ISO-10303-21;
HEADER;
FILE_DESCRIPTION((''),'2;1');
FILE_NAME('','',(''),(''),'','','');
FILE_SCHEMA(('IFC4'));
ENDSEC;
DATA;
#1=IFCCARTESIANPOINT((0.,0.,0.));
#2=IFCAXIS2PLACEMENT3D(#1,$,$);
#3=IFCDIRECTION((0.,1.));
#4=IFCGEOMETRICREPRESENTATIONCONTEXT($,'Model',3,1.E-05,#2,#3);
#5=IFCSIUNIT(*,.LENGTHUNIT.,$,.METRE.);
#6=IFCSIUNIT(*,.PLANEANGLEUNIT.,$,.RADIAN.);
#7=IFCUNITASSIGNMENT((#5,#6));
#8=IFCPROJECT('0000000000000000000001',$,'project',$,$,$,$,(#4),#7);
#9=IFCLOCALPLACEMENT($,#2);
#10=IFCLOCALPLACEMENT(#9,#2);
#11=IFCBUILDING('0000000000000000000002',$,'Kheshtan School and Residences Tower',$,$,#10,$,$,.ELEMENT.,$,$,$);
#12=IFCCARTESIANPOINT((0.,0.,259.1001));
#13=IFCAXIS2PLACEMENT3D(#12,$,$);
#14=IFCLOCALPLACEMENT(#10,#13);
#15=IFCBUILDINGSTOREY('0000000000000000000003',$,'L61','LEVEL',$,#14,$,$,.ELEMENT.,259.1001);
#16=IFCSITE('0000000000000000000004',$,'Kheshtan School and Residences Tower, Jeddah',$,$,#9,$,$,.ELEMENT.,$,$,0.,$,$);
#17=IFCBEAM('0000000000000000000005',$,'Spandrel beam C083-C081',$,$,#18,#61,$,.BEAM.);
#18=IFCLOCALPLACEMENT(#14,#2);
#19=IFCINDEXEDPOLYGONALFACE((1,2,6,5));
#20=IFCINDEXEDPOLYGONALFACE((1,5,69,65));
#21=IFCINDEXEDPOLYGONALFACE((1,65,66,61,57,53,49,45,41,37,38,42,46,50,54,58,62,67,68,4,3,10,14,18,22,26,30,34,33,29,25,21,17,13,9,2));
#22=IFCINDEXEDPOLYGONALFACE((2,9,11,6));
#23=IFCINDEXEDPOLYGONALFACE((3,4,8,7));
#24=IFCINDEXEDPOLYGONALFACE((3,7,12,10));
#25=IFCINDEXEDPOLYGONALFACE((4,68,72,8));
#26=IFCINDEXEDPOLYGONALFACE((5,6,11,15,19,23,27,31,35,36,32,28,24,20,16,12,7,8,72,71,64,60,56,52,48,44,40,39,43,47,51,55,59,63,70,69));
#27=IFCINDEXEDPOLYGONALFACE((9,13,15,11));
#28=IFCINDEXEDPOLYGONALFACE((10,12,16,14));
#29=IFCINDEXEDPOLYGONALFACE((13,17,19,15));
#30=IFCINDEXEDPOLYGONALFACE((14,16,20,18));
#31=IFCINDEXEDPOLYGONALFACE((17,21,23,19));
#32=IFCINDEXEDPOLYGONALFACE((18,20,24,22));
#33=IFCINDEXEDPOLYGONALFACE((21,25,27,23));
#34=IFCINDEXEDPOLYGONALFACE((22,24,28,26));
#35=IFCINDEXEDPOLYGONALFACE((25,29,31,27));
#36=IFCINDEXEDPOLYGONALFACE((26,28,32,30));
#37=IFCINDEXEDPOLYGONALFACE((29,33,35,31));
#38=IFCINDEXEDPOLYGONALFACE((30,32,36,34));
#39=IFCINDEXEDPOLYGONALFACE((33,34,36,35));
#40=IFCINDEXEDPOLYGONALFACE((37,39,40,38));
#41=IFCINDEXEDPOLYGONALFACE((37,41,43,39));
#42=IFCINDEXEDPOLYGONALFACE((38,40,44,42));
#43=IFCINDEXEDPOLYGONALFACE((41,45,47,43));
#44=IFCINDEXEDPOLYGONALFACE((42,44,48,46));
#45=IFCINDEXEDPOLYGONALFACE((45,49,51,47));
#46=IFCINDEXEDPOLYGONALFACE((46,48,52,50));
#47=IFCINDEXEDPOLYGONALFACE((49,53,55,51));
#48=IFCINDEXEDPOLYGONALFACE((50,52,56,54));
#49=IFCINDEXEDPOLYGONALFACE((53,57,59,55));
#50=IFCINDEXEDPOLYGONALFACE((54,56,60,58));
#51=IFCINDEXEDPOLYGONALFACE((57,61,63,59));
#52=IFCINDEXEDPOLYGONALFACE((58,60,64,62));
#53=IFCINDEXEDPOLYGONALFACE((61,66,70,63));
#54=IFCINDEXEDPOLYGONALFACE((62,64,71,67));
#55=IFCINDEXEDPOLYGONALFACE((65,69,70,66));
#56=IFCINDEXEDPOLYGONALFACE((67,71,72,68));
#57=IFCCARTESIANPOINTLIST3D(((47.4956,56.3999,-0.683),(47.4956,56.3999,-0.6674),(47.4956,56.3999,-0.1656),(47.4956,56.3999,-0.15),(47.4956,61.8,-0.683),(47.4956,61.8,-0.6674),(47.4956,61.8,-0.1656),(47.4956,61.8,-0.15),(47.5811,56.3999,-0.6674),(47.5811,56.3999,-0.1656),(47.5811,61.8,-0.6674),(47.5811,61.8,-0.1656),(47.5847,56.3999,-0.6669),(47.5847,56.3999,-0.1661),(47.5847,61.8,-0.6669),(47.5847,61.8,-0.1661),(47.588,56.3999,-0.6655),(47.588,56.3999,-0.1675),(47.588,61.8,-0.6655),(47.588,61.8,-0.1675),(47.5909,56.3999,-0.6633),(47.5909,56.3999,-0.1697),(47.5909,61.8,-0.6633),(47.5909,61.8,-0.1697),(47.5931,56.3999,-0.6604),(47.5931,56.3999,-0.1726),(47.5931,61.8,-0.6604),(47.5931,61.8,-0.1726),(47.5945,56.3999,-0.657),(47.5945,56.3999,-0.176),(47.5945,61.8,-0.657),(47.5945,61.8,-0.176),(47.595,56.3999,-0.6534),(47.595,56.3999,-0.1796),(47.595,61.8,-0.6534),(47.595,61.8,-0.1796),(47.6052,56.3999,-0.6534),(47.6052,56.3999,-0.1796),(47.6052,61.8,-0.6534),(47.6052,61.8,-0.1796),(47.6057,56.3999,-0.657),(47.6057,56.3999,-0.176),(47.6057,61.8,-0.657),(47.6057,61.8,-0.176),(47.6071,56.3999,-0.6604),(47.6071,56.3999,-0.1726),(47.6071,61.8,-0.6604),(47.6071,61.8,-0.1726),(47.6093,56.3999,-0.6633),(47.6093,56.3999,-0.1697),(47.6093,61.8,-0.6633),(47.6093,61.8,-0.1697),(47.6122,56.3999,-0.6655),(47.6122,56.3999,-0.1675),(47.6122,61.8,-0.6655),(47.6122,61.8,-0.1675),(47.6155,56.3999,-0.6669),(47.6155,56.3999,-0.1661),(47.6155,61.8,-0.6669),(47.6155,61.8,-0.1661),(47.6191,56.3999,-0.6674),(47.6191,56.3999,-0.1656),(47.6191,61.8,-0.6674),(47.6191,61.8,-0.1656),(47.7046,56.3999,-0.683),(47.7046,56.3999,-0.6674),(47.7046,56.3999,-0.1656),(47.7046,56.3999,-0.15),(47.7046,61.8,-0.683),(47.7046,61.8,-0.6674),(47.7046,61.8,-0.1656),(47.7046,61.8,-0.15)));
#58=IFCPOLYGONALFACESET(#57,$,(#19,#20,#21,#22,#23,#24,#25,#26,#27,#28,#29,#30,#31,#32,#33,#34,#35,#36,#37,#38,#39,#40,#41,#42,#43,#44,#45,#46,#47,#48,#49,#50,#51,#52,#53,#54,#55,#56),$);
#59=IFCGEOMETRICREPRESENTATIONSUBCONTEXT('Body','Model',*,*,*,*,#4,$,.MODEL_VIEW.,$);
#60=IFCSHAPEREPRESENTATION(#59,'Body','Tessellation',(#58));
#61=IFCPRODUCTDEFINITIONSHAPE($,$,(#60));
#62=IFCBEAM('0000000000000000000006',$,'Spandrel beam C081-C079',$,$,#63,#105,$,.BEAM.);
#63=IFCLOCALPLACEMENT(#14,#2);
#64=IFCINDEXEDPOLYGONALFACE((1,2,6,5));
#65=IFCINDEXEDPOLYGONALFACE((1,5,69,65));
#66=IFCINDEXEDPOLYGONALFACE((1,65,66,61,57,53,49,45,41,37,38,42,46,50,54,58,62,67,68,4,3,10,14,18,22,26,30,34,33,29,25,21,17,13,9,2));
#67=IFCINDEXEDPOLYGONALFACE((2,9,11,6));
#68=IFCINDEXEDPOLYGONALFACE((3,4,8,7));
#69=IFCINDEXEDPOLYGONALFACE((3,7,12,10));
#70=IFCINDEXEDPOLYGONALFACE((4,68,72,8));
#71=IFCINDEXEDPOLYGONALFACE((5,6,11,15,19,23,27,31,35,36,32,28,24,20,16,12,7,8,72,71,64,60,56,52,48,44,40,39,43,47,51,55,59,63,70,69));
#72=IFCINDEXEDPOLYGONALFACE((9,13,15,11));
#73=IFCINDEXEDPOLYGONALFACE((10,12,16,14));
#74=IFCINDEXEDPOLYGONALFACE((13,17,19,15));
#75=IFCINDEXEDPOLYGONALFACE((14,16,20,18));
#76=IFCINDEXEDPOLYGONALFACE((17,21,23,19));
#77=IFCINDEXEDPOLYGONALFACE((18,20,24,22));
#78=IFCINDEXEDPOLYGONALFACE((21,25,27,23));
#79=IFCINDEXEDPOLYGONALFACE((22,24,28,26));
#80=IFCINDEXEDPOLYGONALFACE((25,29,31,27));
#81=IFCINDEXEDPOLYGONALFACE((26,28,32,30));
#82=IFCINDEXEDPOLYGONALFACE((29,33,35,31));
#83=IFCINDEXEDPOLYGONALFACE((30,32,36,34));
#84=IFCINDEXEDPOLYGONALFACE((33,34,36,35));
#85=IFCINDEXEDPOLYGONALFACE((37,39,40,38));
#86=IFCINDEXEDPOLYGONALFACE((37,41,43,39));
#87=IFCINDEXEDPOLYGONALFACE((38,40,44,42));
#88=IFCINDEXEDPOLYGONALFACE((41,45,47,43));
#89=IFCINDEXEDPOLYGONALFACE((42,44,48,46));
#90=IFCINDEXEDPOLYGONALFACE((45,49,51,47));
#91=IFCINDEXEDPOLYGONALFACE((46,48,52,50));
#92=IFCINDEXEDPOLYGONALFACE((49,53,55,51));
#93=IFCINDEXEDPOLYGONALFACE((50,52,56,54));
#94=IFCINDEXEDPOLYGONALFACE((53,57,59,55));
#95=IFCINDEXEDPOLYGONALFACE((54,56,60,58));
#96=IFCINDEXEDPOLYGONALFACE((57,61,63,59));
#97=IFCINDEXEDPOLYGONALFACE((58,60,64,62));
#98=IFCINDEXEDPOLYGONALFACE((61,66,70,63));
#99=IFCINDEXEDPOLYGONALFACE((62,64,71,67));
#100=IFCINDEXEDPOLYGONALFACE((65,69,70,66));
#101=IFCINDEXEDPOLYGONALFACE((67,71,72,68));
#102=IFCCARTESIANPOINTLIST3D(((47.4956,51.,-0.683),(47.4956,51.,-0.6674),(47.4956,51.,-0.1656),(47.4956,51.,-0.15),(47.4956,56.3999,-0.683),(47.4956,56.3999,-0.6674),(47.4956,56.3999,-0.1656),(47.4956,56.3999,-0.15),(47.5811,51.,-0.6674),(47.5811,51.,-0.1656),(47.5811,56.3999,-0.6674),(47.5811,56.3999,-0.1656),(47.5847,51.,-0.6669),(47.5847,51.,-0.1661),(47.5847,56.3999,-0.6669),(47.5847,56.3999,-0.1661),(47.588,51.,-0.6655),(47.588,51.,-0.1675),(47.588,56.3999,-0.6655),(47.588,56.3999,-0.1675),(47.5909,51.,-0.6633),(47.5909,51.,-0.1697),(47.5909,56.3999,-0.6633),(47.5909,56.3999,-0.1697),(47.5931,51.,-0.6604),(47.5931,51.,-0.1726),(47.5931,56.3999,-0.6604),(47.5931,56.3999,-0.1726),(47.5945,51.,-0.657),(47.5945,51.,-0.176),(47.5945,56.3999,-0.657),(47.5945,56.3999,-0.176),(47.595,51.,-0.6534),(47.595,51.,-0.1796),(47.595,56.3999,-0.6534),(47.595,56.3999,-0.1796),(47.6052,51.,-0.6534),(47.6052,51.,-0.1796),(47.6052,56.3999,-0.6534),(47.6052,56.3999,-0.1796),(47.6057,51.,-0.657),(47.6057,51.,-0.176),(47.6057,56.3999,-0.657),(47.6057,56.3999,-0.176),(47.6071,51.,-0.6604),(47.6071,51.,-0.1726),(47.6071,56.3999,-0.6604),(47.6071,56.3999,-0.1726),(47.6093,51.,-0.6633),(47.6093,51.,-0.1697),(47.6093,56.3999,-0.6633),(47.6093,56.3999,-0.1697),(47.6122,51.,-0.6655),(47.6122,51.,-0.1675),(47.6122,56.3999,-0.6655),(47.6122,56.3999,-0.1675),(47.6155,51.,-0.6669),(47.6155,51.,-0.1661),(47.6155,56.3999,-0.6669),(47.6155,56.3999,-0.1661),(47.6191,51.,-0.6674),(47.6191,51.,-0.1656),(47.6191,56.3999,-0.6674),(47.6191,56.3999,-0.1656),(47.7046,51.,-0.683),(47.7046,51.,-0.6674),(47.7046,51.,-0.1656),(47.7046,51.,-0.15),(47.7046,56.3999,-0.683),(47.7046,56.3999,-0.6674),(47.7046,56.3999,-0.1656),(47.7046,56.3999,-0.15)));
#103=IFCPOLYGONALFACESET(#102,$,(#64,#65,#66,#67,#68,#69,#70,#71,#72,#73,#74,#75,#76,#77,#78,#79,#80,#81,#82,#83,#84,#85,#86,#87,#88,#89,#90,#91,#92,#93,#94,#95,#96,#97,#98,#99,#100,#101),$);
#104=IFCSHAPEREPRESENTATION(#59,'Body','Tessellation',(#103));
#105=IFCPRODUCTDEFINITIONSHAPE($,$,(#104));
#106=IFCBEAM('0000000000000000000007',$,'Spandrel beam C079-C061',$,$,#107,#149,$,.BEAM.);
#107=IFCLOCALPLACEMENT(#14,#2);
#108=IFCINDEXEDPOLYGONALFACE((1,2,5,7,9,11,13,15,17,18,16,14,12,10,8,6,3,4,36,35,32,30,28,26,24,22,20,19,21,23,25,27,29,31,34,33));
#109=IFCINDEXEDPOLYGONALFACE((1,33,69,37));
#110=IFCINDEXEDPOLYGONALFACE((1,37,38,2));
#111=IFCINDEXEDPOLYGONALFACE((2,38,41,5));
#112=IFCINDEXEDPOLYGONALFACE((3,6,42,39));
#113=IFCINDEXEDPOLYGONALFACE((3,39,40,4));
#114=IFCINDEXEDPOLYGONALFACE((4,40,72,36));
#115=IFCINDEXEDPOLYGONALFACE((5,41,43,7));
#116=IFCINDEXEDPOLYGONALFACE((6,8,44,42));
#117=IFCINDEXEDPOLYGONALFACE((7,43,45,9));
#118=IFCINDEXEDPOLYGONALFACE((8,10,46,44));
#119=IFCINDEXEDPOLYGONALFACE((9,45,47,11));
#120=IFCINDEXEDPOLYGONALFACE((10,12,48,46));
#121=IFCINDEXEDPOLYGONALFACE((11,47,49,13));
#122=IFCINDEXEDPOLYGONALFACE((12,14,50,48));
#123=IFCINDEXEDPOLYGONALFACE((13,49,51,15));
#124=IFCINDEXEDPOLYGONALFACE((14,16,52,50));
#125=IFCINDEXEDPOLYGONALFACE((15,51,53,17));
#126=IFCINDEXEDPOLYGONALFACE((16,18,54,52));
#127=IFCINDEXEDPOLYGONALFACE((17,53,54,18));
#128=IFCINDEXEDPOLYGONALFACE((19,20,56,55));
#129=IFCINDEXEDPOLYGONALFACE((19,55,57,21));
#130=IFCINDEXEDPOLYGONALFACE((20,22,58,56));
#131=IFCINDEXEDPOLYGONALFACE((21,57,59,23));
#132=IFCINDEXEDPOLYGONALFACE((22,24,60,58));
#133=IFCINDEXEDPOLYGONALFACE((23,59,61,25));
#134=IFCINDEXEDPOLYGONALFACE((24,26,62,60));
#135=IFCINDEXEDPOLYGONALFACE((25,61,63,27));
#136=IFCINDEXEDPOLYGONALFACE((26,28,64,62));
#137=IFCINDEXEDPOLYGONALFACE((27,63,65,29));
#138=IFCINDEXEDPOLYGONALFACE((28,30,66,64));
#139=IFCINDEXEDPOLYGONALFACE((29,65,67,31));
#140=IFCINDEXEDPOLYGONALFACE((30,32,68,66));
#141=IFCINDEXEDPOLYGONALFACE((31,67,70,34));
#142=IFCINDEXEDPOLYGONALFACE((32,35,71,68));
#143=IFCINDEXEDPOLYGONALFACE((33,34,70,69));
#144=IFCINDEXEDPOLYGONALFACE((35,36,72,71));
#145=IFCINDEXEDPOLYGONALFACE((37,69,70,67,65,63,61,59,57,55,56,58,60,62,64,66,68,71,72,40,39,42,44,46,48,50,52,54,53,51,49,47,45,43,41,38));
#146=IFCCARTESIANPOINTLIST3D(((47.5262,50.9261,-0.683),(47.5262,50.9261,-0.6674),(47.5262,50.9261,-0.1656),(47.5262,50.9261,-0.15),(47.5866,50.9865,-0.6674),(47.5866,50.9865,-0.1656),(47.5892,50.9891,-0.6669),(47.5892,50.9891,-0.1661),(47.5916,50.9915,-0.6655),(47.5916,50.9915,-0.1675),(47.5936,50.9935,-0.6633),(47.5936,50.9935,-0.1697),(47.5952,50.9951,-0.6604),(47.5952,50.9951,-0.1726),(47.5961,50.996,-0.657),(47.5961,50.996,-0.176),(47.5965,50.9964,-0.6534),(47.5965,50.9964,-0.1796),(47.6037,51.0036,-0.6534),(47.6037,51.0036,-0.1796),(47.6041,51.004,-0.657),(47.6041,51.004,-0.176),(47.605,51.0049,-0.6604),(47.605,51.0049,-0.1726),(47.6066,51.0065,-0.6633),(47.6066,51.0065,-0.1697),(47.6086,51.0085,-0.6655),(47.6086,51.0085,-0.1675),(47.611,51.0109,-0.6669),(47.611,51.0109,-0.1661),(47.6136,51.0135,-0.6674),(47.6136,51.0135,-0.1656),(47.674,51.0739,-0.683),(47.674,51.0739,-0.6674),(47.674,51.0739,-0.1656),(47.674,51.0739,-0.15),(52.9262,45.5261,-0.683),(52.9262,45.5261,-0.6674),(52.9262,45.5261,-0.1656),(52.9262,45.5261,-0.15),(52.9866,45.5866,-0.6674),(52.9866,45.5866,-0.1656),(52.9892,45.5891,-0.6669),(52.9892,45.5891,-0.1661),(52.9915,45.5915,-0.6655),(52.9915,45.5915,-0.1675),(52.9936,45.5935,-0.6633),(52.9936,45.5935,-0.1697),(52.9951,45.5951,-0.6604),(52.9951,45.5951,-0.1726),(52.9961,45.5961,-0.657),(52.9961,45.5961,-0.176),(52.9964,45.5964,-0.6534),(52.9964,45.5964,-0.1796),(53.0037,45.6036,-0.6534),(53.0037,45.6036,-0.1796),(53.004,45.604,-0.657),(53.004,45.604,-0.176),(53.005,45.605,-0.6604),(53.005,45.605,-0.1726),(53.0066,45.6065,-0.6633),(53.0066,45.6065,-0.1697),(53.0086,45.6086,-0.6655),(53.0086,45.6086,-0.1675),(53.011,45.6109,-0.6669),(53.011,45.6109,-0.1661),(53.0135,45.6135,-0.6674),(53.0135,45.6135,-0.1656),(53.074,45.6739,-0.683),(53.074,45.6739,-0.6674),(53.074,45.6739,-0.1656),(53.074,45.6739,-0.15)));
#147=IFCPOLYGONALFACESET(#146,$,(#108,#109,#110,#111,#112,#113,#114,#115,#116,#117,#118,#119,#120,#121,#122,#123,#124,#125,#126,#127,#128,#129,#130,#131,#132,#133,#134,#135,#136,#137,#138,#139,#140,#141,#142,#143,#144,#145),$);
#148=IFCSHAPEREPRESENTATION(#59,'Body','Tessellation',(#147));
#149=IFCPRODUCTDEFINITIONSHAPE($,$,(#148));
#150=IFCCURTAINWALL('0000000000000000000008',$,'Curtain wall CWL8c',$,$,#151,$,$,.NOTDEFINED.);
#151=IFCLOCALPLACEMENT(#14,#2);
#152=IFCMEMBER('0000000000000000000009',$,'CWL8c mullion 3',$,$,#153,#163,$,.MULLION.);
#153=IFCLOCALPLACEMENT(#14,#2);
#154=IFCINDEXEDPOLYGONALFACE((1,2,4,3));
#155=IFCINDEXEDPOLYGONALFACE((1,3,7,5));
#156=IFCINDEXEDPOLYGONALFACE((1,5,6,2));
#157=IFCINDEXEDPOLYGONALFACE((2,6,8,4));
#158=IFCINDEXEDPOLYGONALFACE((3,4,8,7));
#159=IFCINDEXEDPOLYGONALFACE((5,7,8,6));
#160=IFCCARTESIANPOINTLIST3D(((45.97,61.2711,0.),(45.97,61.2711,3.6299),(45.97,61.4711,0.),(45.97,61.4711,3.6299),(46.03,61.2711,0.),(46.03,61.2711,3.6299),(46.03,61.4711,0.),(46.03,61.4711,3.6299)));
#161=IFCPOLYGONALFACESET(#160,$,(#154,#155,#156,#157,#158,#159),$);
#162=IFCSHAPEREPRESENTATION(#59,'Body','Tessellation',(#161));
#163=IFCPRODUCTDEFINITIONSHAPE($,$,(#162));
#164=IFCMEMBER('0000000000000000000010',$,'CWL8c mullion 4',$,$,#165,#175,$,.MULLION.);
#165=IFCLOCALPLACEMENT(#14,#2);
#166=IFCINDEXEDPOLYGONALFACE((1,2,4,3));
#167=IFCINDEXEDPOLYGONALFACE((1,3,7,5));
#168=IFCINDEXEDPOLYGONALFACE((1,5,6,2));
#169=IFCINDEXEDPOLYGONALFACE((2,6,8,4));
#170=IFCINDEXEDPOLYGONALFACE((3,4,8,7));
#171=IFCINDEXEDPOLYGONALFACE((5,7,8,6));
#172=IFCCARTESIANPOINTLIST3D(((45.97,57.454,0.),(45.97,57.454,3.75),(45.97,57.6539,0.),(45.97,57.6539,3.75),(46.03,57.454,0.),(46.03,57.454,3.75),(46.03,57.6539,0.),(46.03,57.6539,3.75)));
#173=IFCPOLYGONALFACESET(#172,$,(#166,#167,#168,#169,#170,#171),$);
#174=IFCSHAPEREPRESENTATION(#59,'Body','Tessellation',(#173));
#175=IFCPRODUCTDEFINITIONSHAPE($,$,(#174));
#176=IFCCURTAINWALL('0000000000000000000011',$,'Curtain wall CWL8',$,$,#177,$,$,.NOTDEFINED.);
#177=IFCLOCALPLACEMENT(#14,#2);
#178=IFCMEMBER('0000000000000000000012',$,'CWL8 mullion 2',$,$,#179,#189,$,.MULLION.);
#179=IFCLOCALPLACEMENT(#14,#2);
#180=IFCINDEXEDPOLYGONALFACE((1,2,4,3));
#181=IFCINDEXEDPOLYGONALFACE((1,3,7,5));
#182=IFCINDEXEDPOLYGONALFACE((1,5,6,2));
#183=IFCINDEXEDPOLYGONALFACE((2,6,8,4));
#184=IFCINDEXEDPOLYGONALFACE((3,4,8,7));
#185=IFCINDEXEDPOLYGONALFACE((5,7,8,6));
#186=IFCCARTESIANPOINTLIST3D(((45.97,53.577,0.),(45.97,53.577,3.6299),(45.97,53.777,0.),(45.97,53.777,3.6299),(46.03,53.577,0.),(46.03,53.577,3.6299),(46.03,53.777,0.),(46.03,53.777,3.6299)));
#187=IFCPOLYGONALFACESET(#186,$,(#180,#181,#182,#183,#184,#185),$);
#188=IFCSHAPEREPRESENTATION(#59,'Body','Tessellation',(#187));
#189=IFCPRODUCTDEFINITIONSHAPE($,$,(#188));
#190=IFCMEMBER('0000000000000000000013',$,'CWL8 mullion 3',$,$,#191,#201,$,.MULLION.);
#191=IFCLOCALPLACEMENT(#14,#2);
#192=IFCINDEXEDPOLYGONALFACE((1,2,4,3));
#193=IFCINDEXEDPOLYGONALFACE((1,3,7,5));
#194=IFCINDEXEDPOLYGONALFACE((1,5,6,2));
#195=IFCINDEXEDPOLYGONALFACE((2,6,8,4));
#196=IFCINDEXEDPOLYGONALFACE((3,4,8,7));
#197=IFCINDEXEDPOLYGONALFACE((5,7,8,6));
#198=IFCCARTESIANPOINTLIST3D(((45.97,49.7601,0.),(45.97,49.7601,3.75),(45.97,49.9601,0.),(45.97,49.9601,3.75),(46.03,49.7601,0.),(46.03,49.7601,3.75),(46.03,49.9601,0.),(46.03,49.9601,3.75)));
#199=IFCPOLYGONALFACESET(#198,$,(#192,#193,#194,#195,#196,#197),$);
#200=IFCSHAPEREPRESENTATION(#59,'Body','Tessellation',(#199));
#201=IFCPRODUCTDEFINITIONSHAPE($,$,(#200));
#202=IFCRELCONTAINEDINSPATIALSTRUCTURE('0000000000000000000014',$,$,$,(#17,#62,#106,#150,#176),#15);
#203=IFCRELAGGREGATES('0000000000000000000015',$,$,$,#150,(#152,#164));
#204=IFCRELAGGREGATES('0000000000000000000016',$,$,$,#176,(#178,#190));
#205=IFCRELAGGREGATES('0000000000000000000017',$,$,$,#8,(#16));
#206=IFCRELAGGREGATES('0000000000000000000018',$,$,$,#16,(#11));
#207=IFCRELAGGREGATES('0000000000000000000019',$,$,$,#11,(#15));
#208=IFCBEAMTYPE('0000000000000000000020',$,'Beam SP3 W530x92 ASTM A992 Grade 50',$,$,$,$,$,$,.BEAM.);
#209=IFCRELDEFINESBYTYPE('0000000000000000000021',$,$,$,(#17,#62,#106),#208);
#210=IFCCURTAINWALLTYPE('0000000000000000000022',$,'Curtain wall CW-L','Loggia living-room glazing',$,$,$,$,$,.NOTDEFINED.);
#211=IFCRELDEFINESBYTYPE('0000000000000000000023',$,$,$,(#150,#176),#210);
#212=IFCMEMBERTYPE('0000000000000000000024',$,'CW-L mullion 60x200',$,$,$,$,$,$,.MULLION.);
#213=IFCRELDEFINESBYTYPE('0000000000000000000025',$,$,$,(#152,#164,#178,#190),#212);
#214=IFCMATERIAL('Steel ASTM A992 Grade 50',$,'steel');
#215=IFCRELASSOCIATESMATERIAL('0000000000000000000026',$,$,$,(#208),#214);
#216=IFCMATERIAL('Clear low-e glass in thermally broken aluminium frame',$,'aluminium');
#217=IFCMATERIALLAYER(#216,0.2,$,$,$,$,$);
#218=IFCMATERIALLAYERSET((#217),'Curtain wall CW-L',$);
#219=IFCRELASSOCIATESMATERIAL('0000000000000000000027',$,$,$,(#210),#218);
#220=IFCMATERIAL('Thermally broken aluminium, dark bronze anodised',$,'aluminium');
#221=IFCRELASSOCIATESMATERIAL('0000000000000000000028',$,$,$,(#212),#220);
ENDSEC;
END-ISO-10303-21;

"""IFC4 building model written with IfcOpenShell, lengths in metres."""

from ifc_helpers import new_model, si_unit, direction, frame, origin, origin_2d, place, context, subcontext, project, spatial, rectangle, i_section, extrude, material, layer, layer_set, material_profile, profile_set, type_object, element, aggregate, save


model = new_model("IFC4")

# Units and contexts
model_context = context("Model", 3, precision=1e-05, world=origin(), true_north=direction((0.0, 1.0)))
body_context = subcontext(model_context, "Body", "Model", "MODEL_VIEW")
ifc_project = project(units=[si_unit("LENGTHUNIT", "METRE"), si_unit("PLANEANGLEUNIT", "RADIAN")], contexts=[model_context])

# Site, building, storey
site_placement = place(None, origin())
site = spatial("IfcSite", under=ifc_project, at=site_placement, Name="Kheshtan School and Residences Tower, Jeddah", CompositionType="ELEMENT", RefElevation=0.0)
building_placement = place(site_placement, origin())
building = spatial("IfcBuilding", under=site, at=building_placement, Name="Kheshtan School and Residences Tower", CompositionType="ELEMENT")
storey_placement = place(building_placement, frame((0.0, 0.0, 259.1001)))
storey = spatial("IfcBuildingStorey", under=building, at=storey_placement, Name="L61", Description="LEVEL", CompositionType="ELEMENT", Elevation=259.1001)

# Shared definitions
ifc_material_1 = material(Name="Steel ASTM A992 Grade 50", Category="steel")

# Beams
ifc_material_profile_1 = material_profile(ifc_material_1, i_section(OverallWidth=0.209, OverallDepth=0.533, WebThickness=0.0103, FlangeThickness=0.0156, FilletRadius=0.0139, at=origin_2d()), Name="W530x92")
ifc_profile_set_1 = profile_set([ifc_material_profile_1], Name="Steel ASTM A992 Grade 50")
beam_type_1 = type_object("IfcBeamType", Name="Beam SP3 W530x92 ASTM A992 Grade 50", PredefinedType="BEAM", material=ifc_profile_set_1)
beam_1_placement = place(storey_placement, frame((47.6001, 61.8, -0.4165), z_axis=(0.0, -1.0, 0.0), x_axis=(1.0, 0.0, 0.0)))
element("IfcBeam", 1, at=beam_1_placement, inside=storey, type_object=beam_type_1, Name="Spandrel beam C083-C081", PredefinedType="BEAM", context=body_context, shape_type="SweptSolid", body=[
    extrude(i_section(OverallWidth=0.209, OverallDepth=0.533, WebThickness=0.0103, FlangeThickness=0.0156, FilletRadius=0.0139, at=origin_2d()), origin(), (0.0, 0.0, 1.0), 5.4001),
])
beam_2_placement = place(storey_placement, frame((47.6001, 56.3999, -0.4165), z_axis=(0.0, -1.0, 0.0), x_axis=(1.0, 0.0, 0.0)))
element("IfcBeam", 2, at=beam_2_placement, inside=storey, type_object=beam_type_1, Name="Spandrel beam C081-C079", PredefinedType="BEAM", context=body_context, shape_type="SweptSolid", body=[
    extrude(i_section(OverallWidth=0.209, OverallDepth=0.533, WebThickness=0.0103, FlangeThickness=0.0156, FilletRadius=0.0139, at=origin_2d()), origin(), (0.0, 0.0, 1.0), 5.3999),
])
beam_3_placement = place(storey_placement, frame((47.6001, 51.0, -0.4165), z_axis=(0.707107, -0.707107, 0.0), x_axis=(0.707107, 0.707107, 0.0)))
element("IfcBeam", 3, at=beam_3_placement, inside=storey, type_object=beam_type_1, Name="Spandrel beam C079-C061", PredefinedType="BEAM", context=body_context, shape_type="SweptSolid", body=[
    extrude(i_section(OverallWidth=0.209, OverallDepth=0.533, WebThickness=0.0103, FlangeThickness=0.0156, FilletRadius=0.0139, at=origin_2d()), origin(), (0.0, 0.0, 1.0), 7.6367),
])

# Curtain walls, members
ifc_material_2 = material(Name="Clear low-e glass in thermally broken aluminium frame", Category="aluminium")
ifc_layer_1 = layer(ifc_material_2, 0.2)
ifc_layer_set_1 = layer_set([ifc_layer_1], Name="Curtain wall CW-L")
curtain_wall_type = type_object("IfcCurtainWallType", Name="Curtain wall CW-L", Description="Loggia living-room glazing", PredefinedType="NOTDEFINED", material=ifc_layer_set_1)
curtain_wall_1_placement = place(storey_placement, origin())
curtain_wall_1 = element("IfcCurtainWall", 4, at=curtain_wall_1_placement, inside=storey, type_object=curtain_wall_type, Name="Curtain wall CWL8c", PredefinedType="NOTDEFINED")
ifc_material_3 = material(Name="Thermally broken aluminium, dark bronze anodised", Category="aluminium")
ifc_material_profile_2 = material_profile(ifc_material_3, rectangle(XDim=0.0601, YDim=0.2, at=origin_2d()), Name="CW-L mullion 60x200")
ifc_profile_set_2 = profile_set([ifc_material_profile_2], Name="Thermally broken aluminium, dark bronze anodised")
member_type_1 = type_object("IfcMemberType", Name="CW-L mullion 60x200", PredefinedType="MULLION", material=ifc_profile_set_2)
member_1_placement = place(storey_placement, frame((46.0, 61.3711, 0.0), z_axis=(0.0, 0.0, 1.0), x_axis=(1.0, 0.0, 0.0)))
member_1 = element("IfcMember", 5, at=member_1_placement, type_object=member_type_1, Name="CWL8c mullion 3", PredefinedType="MULLION", context=body_context, shape_type="SweptSolid", body=[
    extrude(rectangle(XDim=0.0601, YDim=0.2, at=origin_2d()), origin(), (0.0, 0.0, 1.0), 3.6299),
])
member_2_placement = place(storey_placement, frame((46.0, 57.554, 0.0), z_axis=(0.0, 0.0, 1.0), x_axis=(1.0, 0.0, 0.0)))
member_2 = element("IfcMember", 6, at=member_2_placement, type_object=member_type_1, Name="CWL8c mullion 4", PredefinedType="MULLION", context=body_context, shape_type="SweptSolid", body=[
    extrude(rectangle(XDim=0.0601, YDim=0.2, at=origin_2d()), origin(), (0.0, 0.0, 1.0), 3.75),
])
curtain_wall_2_placement = place(storey_placement, origin())
curtain_wall_2 = element("IfcCurtainWall", 7, at=curtain_wall_2_placement, inside=storey, type_object=curtain_wall_type, Name="Curtain wall CWL8", PredefinedType="NOTDEFINED")
member_3_placement = place(storey_placement, frame((46.0, 53.677, 0.0), z_axis=(0.0, 0.0, 1.0), x_axis=(1.0, 0.0, 0.0)))
member_3 = element("IfcMember", 8, at=member_3_placement, type_object=member_type_1, Name="CWL8 mullion 2", PredefinedType="MULLION", context=body_context, shape_type="SweptSolid", body=[
    extrude(rectangle(XDim=0.0601, YDim=0.2, at=origin_2d()), origin(), (0.0, 0.0, 1.0), 3.6299),
])
member_4_placement = place(storey_placement, frame((46.0, 49.8601, 0.0), z_axis=(0.0, 0.0, 1.0), x_axis=(1.0, 0.0, 0.0)))
member_4 = element("IfcMember", 9, at=member_4_placement, type_object=member_type_1, Name="CWL8 mullion 3", PredefinedType="MULLION", context=body_context, shape_type="SweptSolid", body=[
    extrude(rectangle(XDim=0.0601, YDim=0.2, at=origin_2d()), origin(), (0.0, 0.0, 1.0), 3.75),
])

aggregate(curtain_wall_1, [member_1, member_2])
aggregate(curtain_wall_2, [member_3, member_4])

save(model, "model.ifc")
